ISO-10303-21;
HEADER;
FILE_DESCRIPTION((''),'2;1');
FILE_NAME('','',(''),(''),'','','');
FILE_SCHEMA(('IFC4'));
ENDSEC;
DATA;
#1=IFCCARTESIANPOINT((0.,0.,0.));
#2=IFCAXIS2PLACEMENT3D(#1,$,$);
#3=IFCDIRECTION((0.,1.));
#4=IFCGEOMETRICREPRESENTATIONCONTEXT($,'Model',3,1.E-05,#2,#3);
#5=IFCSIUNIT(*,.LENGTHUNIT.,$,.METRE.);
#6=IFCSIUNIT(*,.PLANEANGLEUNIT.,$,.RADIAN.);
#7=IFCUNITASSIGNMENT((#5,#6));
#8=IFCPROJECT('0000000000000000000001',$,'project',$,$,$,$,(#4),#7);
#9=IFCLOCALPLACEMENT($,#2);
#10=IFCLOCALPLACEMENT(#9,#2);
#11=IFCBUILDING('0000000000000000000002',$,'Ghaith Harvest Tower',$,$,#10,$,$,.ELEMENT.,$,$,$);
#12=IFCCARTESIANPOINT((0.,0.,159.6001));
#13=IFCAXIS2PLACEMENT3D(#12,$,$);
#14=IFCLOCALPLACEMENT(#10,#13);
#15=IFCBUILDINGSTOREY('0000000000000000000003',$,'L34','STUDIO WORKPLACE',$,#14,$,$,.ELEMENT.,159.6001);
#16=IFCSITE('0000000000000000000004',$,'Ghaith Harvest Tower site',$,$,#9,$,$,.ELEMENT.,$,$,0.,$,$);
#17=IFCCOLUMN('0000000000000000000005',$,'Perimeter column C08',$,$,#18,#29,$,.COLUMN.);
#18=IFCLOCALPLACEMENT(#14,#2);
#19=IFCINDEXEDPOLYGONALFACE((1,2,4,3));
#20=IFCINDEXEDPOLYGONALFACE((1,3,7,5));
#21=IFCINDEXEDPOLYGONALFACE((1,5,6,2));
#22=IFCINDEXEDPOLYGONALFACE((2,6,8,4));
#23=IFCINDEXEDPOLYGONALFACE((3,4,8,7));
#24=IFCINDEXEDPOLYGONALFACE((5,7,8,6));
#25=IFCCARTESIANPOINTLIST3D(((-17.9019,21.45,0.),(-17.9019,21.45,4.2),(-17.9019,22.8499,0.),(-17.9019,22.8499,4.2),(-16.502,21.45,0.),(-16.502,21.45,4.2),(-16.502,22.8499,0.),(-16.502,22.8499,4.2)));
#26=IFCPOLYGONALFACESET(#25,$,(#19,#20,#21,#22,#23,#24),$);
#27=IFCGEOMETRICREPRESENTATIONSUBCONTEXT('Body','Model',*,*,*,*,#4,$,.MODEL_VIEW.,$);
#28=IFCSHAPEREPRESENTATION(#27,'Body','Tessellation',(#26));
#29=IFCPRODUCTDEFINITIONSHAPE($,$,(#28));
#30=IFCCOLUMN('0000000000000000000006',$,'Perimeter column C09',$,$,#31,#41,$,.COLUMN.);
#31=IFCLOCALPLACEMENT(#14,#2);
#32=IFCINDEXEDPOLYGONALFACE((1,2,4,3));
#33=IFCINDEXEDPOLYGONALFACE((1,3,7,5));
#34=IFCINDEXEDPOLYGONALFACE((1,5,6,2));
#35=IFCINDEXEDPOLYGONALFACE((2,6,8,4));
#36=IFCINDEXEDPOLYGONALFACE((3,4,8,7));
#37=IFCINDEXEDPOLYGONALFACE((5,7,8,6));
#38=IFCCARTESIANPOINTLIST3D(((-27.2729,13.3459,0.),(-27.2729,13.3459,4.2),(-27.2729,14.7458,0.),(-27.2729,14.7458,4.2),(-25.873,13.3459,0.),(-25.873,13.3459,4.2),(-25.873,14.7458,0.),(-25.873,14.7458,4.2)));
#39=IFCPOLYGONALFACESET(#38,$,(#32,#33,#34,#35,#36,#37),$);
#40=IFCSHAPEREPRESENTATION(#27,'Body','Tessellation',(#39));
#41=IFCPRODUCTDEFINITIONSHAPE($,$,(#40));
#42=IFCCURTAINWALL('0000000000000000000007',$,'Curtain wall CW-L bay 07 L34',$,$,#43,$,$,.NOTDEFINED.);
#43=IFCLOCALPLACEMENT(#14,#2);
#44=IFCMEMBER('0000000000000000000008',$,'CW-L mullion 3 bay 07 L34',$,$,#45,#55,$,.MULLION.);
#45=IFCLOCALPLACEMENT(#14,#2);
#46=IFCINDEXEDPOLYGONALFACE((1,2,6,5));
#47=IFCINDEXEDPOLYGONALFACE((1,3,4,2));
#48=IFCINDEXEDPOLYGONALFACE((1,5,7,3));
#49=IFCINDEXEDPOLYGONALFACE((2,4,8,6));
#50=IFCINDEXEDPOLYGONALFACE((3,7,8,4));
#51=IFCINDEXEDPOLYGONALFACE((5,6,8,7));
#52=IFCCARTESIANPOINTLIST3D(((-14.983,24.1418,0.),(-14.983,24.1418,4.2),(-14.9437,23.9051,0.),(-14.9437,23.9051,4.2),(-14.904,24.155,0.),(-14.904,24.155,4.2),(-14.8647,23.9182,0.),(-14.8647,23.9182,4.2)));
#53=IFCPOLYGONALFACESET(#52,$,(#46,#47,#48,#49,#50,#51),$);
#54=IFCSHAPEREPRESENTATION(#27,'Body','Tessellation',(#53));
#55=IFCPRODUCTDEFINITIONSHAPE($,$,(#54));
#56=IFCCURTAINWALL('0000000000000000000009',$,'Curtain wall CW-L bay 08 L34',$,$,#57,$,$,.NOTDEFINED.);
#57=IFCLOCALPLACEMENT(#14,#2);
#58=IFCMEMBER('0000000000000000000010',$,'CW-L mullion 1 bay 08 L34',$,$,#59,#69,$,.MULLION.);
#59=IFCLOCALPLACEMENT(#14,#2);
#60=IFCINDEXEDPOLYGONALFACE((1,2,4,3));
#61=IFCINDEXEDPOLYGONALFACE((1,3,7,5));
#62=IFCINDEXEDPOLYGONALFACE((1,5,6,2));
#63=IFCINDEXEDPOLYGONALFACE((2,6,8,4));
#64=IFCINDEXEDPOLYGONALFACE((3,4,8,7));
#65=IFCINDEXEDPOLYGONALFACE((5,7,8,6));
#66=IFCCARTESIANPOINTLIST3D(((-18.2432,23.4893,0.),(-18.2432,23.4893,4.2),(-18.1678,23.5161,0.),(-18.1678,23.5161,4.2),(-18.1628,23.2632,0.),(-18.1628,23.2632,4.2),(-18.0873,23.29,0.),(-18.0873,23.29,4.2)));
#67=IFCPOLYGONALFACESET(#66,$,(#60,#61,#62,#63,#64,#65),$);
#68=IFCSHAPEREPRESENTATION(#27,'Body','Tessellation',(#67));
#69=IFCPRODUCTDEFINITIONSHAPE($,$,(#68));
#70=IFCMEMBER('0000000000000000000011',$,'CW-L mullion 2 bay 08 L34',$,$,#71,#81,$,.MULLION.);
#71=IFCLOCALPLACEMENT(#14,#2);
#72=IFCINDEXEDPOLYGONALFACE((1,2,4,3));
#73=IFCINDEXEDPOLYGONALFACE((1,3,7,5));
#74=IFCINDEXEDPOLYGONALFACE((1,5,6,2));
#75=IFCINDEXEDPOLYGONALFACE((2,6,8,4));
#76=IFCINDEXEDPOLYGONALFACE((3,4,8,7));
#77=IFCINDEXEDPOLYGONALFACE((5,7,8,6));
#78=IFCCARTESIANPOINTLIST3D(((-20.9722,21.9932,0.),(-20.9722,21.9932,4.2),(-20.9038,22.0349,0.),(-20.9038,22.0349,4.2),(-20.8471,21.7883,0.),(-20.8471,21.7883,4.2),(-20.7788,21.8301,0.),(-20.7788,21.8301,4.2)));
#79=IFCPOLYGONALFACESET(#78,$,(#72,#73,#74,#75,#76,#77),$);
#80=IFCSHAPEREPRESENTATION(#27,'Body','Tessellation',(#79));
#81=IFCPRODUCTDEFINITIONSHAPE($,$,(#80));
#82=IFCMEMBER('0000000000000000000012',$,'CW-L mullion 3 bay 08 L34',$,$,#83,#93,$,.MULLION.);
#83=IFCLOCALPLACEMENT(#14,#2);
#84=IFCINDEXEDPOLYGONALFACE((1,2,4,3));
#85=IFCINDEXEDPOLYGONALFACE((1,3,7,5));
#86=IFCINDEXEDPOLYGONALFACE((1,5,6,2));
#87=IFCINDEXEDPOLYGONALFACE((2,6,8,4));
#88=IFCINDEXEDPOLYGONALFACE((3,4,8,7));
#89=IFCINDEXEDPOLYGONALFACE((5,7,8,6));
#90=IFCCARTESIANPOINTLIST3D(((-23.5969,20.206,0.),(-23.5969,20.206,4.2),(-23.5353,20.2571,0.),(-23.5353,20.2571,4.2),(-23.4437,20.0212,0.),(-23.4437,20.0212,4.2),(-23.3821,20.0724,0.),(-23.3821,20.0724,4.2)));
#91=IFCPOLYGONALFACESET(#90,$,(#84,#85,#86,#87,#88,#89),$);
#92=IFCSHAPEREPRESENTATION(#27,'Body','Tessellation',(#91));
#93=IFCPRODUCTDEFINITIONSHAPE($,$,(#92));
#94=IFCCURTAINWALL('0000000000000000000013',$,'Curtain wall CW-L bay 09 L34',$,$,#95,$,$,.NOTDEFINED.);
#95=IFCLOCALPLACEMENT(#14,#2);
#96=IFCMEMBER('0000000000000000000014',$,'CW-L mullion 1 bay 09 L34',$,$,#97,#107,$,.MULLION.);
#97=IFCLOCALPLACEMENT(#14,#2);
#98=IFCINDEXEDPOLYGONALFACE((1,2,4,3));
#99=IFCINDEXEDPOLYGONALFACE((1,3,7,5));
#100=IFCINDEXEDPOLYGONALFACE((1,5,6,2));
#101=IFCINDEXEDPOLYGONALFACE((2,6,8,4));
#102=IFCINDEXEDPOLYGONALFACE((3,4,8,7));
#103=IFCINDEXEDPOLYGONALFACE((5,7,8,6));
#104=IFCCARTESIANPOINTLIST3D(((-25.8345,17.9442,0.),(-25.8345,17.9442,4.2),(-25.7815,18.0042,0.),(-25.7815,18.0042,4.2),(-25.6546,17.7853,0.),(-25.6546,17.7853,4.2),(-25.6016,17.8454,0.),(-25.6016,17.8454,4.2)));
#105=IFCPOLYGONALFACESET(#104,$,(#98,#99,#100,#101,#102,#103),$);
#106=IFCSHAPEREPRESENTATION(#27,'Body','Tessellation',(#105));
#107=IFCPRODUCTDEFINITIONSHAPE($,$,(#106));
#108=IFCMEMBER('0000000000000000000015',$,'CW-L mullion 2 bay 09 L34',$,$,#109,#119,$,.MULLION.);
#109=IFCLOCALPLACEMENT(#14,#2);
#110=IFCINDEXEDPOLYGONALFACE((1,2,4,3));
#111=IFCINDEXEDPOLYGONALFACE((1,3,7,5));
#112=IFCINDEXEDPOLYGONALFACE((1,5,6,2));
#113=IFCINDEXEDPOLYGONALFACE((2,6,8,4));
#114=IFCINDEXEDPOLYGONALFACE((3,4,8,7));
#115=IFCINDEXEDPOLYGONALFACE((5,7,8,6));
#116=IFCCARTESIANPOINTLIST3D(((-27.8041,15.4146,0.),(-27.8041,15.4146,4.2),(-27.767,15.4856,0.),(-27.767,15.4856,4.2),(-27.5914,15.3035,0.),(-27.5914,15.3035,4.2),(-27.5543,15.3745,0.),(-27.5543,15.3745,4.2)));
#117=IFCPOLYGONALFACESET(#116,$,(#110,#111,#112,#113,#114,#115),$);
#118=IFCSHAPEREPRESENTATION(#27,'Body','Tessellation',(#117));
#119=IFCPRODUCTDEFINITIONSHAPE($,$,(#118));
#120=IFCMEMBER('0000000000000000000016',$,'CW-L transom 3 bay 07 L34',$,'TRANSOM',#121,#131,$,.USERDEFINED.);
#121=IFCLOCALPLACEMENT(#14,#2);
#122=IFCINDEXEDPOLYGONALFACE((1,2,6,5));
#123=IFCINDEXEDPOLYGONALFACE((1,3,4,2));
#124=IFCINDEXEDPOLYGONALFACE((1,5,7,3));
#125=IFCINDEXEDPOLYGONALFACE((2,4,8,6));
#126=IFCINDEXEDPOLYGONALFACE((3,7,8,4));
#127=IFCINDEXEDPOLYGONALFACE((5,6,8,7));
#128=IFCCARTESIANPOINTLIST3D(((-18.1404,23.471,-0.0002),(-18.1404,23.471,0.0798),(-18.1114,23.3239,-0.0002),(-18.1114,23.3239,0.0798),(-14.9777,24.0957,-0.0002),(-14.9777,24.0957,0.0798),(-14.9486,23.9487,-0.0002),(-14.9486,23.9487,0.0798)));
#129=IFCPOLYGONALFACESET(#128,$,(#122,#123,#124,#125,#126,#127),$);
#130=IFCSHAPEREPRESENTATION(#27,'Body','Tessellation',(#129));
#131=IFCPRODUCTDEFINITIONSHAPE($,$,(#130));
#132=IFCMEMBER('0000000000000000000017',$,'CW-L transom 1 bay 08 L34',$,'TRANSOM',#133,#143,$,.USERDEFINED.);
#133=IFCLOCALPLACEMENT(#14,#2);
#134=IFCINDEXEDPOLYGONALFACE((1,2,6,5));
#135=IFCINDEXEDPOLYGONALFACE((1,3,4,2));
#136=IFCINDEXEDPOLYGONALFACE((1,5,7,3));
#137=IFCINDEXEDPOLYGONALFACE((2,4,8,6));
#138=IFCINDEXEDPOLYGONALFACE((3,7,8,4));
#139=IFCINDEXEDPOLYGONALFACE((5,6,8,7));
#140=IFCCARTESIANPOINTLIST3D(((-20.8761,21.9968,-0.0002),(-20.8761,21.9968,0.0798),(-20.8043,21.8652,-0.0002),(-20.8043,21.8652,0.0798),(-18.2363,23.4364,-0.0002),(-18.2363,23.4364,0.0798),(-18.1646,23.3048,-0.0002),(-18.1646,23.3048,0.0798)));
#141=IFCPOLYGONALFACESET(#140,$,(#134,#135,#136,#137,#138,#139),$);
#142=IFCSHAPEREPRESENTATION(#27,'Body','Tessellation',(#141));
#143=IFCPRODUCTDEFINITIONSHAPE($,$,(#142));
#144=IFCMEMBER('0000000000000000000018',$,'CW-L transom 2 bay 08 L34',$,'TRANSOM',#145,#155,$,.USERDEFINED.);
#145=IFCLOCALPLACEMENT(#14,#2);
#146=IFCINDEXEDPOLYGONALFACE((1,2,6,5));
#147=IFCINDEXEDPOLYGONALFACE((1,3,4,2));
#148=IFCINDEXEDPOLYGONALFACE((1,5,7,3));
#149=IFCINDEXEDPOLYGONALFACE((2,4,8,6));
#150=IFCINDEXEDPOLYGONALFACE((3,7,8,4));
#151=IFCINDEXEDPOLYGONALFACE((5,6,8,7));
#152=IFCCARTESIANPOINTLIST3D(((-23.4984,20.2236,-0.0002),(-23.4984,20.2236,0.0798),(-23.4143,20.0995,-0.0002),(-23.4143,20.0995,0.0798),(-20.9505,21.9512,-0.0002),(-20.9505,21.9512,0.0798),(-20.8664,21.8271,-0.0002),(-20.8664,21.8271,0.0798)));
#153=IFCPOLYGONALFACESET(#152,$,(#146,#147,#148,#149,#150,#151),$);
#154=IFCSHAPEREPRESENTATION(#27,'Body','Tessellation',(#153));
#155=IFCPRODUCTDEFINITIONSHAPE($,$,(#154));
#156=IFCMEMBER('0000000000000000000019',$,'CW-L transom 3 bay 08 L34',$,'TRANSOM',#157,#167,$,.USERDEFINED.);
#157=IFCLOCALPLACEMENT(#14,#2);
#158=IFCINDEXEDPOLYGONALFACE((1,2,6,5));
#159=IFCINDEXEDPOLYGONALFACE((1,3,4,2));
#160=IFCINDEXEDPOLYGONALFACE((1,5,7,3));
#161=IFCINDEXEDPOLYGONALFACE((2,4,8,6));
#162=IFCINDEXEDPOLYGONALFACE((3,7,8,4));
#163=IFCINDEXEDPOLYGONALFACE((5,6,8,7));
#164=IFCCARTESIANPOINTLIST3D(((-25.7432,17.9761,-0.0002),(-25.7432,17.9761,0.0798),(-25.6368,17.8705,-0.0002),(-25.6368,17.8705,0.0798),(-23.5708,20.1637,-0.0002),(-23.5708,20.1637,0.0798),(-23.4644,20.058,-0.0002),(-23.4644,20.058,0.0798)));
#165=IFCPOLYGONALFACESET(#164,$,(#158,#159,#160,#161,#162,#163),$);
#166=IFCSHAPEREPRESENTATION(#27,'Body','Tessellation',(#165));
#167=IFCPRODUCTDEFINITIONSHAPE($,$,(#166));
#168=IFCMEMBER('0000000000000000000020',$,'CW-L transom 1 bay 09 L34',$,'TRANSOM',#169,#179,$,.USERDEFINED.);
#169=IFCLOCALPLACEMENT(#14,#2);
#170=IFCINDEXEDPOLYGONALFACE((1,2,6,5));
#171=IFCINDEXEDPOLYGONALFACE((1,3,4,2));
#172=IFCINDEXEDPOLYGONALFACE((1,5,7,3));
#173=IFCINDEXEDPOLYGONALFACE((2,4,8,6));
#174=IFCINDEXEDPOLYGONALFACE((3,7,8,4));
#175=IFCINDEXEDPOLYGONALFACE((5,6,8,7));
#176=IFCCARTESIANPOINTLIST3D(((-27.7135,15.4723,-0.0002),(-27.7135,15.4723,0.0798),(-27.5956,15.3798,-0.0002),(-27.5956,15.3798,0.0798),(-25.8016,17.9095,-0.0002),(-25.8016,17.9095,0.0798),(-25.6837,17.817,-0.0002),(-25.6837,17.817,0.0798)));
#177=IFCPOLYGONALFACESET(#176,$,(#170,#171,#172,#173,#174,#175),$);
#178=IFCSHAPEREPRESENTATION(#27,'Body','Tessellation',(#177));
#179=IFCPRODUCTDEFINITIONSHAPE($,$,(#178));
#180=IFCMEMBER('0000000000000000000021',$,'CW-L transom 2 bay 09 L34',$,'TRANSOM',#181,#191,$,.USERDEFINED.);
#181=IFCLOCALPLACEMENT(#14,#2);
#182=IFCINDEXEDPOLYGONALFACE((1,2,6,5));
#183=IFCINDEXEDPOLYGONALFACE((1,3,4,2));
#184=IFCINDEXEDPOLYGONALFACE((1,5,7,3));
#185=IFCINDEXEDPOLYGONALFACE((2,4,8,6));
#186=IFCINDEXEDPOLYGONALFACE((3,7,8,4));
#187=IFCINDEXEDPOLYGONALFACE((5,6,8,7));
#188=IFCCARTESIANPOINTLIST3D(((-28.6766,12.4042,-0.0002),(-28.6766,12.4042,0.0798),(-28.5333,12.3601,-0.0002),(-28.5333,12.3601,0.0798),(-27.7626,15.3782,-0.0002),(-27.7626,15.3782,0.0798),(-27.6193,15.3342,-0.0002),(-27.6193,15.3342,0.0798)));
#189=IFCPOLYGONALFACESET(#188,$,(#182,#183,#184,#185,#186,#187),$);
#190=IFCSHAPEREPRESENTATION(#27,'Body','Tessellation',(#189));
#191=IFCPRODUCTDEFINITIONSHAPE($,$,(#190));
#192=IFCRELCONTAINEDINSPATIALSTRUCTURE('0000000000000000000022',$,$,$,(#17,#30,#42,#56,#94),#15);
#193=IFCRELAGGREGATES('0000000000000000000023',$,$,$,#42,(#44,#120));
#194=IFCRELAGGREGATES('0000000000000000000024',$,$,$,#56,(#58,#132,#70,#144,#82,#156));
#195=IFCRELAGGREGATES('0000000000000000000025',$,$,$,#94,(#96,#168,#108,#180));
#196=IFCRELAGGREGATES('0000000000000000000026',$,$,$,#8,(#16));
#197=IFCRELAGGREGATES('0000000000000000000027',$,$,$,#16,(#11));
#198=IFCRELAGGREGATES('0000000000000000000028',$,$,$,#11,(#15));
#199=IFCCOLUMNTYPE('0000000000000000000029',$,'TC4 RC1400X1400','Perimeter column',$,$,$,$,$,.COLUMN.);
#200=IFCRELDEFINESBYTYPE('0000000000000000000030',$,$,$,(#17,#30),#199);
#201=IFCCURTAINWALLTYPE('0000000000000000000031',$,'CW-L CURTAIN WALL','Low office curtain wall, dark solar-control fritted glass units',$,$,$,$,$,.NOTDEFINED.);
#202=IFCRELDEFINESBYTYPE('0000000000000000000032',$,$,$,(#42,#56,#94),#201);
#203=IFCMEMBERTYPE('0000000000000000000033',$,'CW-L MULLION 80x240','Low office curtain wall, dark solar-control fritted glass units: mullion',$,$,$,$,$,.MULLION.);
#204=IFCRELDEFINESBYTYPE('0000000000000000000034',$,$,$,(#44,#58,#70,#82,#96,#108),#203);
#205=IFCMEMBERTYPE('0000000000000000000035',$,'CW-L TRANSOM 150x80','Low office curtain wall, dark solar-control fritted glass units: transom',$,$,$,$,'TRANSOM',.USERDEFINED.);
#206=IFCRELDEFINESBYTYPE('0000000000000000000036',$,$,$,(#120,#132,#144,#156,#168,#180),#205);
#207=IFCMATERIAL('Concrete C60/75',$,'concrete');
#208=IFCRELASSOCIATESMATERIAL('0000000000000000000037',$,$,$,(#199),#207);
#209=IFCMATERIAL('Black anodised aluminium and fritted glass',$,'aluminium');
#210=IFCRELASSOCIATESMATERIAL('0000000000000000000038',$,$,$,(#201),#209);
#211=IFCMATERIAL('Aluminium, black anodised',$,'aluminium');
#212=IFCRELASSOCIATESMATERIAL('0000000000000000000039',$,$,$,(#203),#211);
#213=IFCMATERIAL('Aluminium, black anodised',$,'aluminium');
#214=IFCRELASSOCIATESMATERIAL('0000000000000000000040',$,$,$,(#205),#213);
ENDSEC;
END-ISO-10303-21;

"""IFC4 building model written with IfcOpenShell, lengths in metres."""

from ifc_helpers import new_model, si_unit, direction, frame, origin, origin_2d, place, context, subcontext, project, spatial, rectangle, extrude, material, material_profile, profile_set, type_object, element, aggregate, save


model = new_model("IFC4")

# Units and contexts
model_context = context("Model", 3, precision=1e-05, world=origin(), true_north=direction((0.0, 1.0)))
body_context = subcontext(model_context, "Body", "Model", "MODEL_VIEW")
ifc_project = project(units=[si_unit("LENGTHUNIT", "METRE"), si_unit("PLANEANGLEUNIT", "RADIAN")], contexts=[model_context])

# Site, building, storey
site_placement = place(None, origin())
site = spatial("IfcSite", under=ifc_project, at=site_placement, Name="Ghaith Harvest Tower site", CompositionType="ELEMENT", RefElevation=0.0)
building_placement = place(site_placement, origin())
building = spatial("IfcBuilding", under=site, at=building_placement, Name="Ghaith Harvest Tower", CompositionType="ELEMENT")
storey_placement = place(building_placement, frame((0.0, 0.0, 159.6001)))
storey = spatial("IfcBuildingStorey", under=building, at=storey_placement, Name="L34", Description="STUDIO WORKPLACE", CompositionType="ELEMENT", Elevation=159.6001)

# Columns
ifc_material_1 = material(Name="Concrete C60/75", Category="concrete")
ifc_material_profile_1 = material_profile(ifc_material_1, rectangle(XDim=1.3999, YDim=1.3999, at=origin_2d()), Name="RC1400X1400")
ifc_profile_set_1 = profile_set([ifc_material_profile_1], Name="Concrete C60/75")
column_type = type_object("IfcColumnType", Name="TC4 RC1400X1400", Description="Perimeter column", PredefinedType="COLUMN", material=ifc_profile_set_1)
for number, where, z_axis, x_axis, name in (
    (1, (-17.2019, 22.1499, 0.0), (0.0, 0.0, 1.0), (1.0, 0.0, 0.0), "Perimeter column C08"),
    (2, (-26.573, 14.0459, 0.0), (0.0, 0.0, 1.0), (1.0, 0.0, 0.0), "Perimeter column C09"),
):
    element("IfcColumn", number, at=place(storey_placement, frame(where, z_axis=z_axis, x_axis=x_axis)), inside=storey, type_object=column_type, Name=name, PredefinedType="COLUMN", context=body_context, shape_type="SweptSolid", body=[
        extrude(rectangle(XDim=1.3999, YDim=1.3999, at=origin_2d()), origin(), (0.0, 0.0, 1.0), 4.2),
    ])

# Curtain wall, member
ifc_material_2 = material(Name="Black anodised aluminium and fritted glass", Category="aluminium")
curtain_wall_type = type_object("IfcCurtainWallType", Name="CW-L CURTAIN WALL", Description="Low office curtain wall, dark solar-control fritted glass units", PredefinedType="NOTDEFINED", material=ifc_material_2)
curtain_wall_1_placement = place(storey_placement, origin())
curtain_wall_1 = element("IfcCurtainWall", 3, at=curtain_wall_1_placement, inside=storey, type_object=curtain_wall_type, Name="Curtain wall CW-L bay 07 L34", PredefinedType="NOTDEFINED")
ifc_material_3 = material(Name="Aluminium, black anodised", Category="aluminium")
ifc_material_profile_2 = material_profile(ifc_material_3, rectangle(XDim=0.0801, YDim=0.24, at=origin_2d()), Name="CW-L MULLION 80x240")
ifc_profile_set_2 = profile_set([ifc_material_profile_2], Name="Aluminium, black anodised")
member_type_1 = type_object("IfcMemberType", Name="CW-L MULLION 80x240", Description="Low office curtain wall, dark solar-control fritted glass units: mullion", PredefinedType="MULLION", material=ifc_profile_set_2)
member_1_placement = place(storey_placement, frame((-14.9238, 24.03, 0.0), z_axis=(0.0, 0.0, 1.0), x_axis=(-0.986495, -0.163794, 0.0)))
member_1 = element("IfcMember", 4, at=member_1_placement, type_object=member_type_1, Name="CW-L mullion 3 bay 07 L34", PredefinedType="MULLION", context=body_context, shape_type="SweptSolid", body=[
    extrude(rectangle(XDim=0.0801, YDim=0.24, at=origin_2d()), origin(), (0.0, 0.0, 1.0), 4.2),
])

# Curtain walls, members
curtain_wall_2_placement = place(storey_placement, origin())
curtain_wall_2 = element("IfcCurtainWall", 5, at=curtain_wall_2_placement, inside=storey, type_object=curtain_wall_type, Name="Curtain wall CW-L bay 08 L34", PredefinedType="NOTDEFINED")
member_2_placement = place(storey_placement, frame((-18.1653, 23.3896, 0.0), z_axis=(0.0, 0.0, 1.0), x_axis=(-0.942104, -0.335322, 0.0)))
member_2 = element("IfcMember", 6, at=member_2_placement, type_object=member_type_1, Name="CW-L mullion 1 bay 08 L34", PredefinedType="MULLION", context=body_context, shape_type="SweptSolid", body=[
    extrude(rectangle(XDim=0.0801, YDim=0.24, at=origin_2d()), origin(), (0.0, 0.0, 1.0), 4.2),
])
member_3_placement = place(storey_placement, frame((-20.8755, 21.9116, 0.0), z_axis=(0.0, 0.0, 1.0), x_axis=(-0.853516, -0.521067, 0.0)))
member_3 = element("IfcMember", 7, at=member_3_placement, type_object=member_type_1, Name="CW-L mullion 2 bay 08 L34", PredefinedType="MULLION", context=body_context, shape_type="SweptSolid", body=[
    extrude(rectangle(XDim=0.0801, YDim=0.24, at=origin_2d()), origin(), (0.0, 0.0, 1.0), 4.2),
])
member_4_placement = place(storey_placement, frame((-23.4895, 20.1392, 0.0), z_axis=(0.0, 0.0, 1.0), x_axis=(-0.769683, -0.638427, 0.0)))
member_4 = element("IfcMember", 8, at=member_4_placement, type_object=member_type_1, Name="CW-L mullion 3 bay 08 L34", PredefinedType="MULLION", context=body_context, shape_type="SweptSolid", body=[
    extrude(rectangle(XDim=0.0801, YDim=0.24, at=origin_2d()), origin(), (0.0, 0.0, 1.0), 4.2),
])
curtain_wall_3_placement = place(storey_placement, origin())
curtain_wall_3 = element("IfcCurtainWall", 9, at=curtain_wall_3_placement, inside=storey, type_object=curtain_wall_type, Name="Curtain wall CW-L bay 09 L34", PredefinedType="NOTDEFINED")
member_5_placement = place(storey_placement, frame((-25.718, 17.8948, 0.0), z_axis=(0.0, 0.0, 1.0), x_axis=(-0.661904, -0.749589, 0.0)))
member_5 = element("IfcMember", 10, at=member_5_placement, type_object=member_type_1, Name="CW-L mullion 1 bay 09 L34", PredefinedType="MULLION", context=body_context, shape_type="SweptSolid", body=[
    extrude(rectangle(XDim=0.0801, YDim=0.24, at=origin_2d()), origin(), (0.0, 0.0, 1.0), 4.2),
])
member_6_placement = place(storey_placement, frame((-27.6792, 15.3945, 0.0), z_axis=(0.0, 0.0, 1.0), x_axis=(-0.46289, -0.886416, 0.0)))
member_6 = element("IfcMember", 11, at=member_6_placement, type_object=member_type_1, Name="CW-L mullion 2 bay 09 L34", PredefinedType="MULLION", context=body_context, shape_type="SweptSolid", body=[
    extrude(rectangle(XDim=0.0801, YDim=0.24, at=origin_2d()), origin(), (0.0, 0.0, 1.0), 4.2),
])

# Members
ifc_material_4 = material(Name="Aluminium, black anodised", Category="aluminium")
ifc_material_profile_3 = material_profile(ifc_material_4, rectangle(XDim=0.1499, YDim=0.0801, at=origin_2d()), Name="CW-L TRANSOM 150x80")
ifc_profile_set_3 = profile_set([ifc_material_profile_3], Name="Aluminium, black anodised")
member_type_2 = type_object("IfcMemberType", Name="CW-L TRANSOM 150x80", Description="Low office curtain wall, dark solar-control fritted glass units: transom", ElementType="TRANSOM", PredefinedType="USERDEFINED", material=ifc_profile_set_3)
member_7_placement = place(storey_placement, frame((-14.9631, 24.0222, 0.0398), z_axis=(-0.981044, -0.193786, 0.0), x_axis=(0.193786, -0.981044, 0.0)))
member_7 = element("IfcMember", 12, at=member_7_placement, type_object=member_type_2, Name="CW-L transom 3 bay 07 L34", ObjectType="TRANSOM", PredefinedType="USERDEFINED", context=body_context, shape_type="SweptSolid", body=[
    extrude(rectangle(XDim=0.1499, YDim=0.0801, at=origin_2d()), origin(), (0.0, 0.0, 1.0), 3.2239),
])
member_8_placement = place(storey_placement, frame((-18.2004, 23.3706, 0.0398), z_axis=(-0.87793, -0.47879, 0.0), x_axis=(0.47879, -0.87793, 0.0)))
member_8 = element("IfcMember", 13, at=member_8_placement, type_object=member_type_2, Name="CW-L transom 1 bay 08 L34", ObjectType="TRANSOM", PredefinedType="USERDEFINED", context=body_context, shape_type="SweptSolid", body=[
    extrude(rectangle(XDim=0.1499, YDim=0.0801, at=origin_2d()), origin(), (0.0, 0.0, 1.0), 3.0068),
])
member_9_placement = place(storey_placement, frame((-20.9084, 21.8892, 0.0398), z_axis=(-0.827681, -0.561199, 0.0), x_axis=(0.561199, -0.827681, 0.0)))
member_9 = element("IfcMember", 14, at=member_9_placement, type_object=member_type_2, Name="CW-L transom 2 bay 08 L34", ObjectType="TRANSOM", PredefinedType="USERDEFINED", context=body_context, shape_type="SweptSolid", body=[
    extrude(rectangle(XDim=0.1499, YDim=0.0801, at=origin_2d()), origin(), (0.0, 0.0, 1.0), 3.0784),
])
member_10_placement = place(storey_placement, frame((-23.5176, 20.1108, 0.0398), z_axis=(-0.704648, -0.709557, 0.0), x_axis=(0.709557, -0.704648, 0.0)))
member_10 = element("IfcMember", 15, at=member_10_placement, type_object=member_type_2, Name="CW-L transom 3 bay 08 L34", ObjectType="TRANSOM", PredefinedType="USERDEFINED", context=body_context, shape_type="SweptSolid", body=[
    extrude(rectangle(XDim=0.1499, YDim=0.0801, at=origin_2d()), origin(), (0.0, 0.0, 1.0), 3.083),
])
member_11_placement = place(storey_placement, frame((-25.7427, 17.8633, 0.0398), z_axis=(-0.617198, -0.786808, 0.0), x_axis=(0.786808, -0.617198, 0.0)))
member_11 = element("IfcMember", 16, at=member_11_placement, type_object=member_type_2, Name="CW-L transom 1 bay 09 L34", ObjectType="TRANSOM", PredefinedType="USERDEFINED", context=body_context, shape_type="SweptSolid", body=[
    extrude(rectangle(XDim=0.1499, YDim=0.0801, at=origin_2d()), origin(), (0.0, 0.0, 1.0), 3.0977),
])
member_12_placement = place(storey_placement, frame((-27.6909, 15.3562, 0.0398), z_axis=(-0.293777, -0.955874, 0.0), x_axis=(0.955874, -0.293777, 0.0)))
member_12 = element("IfcMember", 17, at=member_12_placement, type_object=member_type_2, Name="CW-L transom 2 bay 09 L34", ObjectType="TRANSOM", PredefinedType="USERDEFINED", context=body_context, shape_type="SweptSolid", body=[
    extrude(rectangle(XDim=0.1499, YDim=0.0801, at=origin_2d()), origin(), (0.0, 0.0, 1.0), 3.1113),
])

aggregate(curtain_wall_1, [member_1, member_7])
aggregate(curtain_wall_2, [member_2, member_8, member_3, member_9, member_4, member_10])
aggregate(curtain_wall_3, [member_5, member_11, member_6, member_12])

save(model, "model.ifc")
